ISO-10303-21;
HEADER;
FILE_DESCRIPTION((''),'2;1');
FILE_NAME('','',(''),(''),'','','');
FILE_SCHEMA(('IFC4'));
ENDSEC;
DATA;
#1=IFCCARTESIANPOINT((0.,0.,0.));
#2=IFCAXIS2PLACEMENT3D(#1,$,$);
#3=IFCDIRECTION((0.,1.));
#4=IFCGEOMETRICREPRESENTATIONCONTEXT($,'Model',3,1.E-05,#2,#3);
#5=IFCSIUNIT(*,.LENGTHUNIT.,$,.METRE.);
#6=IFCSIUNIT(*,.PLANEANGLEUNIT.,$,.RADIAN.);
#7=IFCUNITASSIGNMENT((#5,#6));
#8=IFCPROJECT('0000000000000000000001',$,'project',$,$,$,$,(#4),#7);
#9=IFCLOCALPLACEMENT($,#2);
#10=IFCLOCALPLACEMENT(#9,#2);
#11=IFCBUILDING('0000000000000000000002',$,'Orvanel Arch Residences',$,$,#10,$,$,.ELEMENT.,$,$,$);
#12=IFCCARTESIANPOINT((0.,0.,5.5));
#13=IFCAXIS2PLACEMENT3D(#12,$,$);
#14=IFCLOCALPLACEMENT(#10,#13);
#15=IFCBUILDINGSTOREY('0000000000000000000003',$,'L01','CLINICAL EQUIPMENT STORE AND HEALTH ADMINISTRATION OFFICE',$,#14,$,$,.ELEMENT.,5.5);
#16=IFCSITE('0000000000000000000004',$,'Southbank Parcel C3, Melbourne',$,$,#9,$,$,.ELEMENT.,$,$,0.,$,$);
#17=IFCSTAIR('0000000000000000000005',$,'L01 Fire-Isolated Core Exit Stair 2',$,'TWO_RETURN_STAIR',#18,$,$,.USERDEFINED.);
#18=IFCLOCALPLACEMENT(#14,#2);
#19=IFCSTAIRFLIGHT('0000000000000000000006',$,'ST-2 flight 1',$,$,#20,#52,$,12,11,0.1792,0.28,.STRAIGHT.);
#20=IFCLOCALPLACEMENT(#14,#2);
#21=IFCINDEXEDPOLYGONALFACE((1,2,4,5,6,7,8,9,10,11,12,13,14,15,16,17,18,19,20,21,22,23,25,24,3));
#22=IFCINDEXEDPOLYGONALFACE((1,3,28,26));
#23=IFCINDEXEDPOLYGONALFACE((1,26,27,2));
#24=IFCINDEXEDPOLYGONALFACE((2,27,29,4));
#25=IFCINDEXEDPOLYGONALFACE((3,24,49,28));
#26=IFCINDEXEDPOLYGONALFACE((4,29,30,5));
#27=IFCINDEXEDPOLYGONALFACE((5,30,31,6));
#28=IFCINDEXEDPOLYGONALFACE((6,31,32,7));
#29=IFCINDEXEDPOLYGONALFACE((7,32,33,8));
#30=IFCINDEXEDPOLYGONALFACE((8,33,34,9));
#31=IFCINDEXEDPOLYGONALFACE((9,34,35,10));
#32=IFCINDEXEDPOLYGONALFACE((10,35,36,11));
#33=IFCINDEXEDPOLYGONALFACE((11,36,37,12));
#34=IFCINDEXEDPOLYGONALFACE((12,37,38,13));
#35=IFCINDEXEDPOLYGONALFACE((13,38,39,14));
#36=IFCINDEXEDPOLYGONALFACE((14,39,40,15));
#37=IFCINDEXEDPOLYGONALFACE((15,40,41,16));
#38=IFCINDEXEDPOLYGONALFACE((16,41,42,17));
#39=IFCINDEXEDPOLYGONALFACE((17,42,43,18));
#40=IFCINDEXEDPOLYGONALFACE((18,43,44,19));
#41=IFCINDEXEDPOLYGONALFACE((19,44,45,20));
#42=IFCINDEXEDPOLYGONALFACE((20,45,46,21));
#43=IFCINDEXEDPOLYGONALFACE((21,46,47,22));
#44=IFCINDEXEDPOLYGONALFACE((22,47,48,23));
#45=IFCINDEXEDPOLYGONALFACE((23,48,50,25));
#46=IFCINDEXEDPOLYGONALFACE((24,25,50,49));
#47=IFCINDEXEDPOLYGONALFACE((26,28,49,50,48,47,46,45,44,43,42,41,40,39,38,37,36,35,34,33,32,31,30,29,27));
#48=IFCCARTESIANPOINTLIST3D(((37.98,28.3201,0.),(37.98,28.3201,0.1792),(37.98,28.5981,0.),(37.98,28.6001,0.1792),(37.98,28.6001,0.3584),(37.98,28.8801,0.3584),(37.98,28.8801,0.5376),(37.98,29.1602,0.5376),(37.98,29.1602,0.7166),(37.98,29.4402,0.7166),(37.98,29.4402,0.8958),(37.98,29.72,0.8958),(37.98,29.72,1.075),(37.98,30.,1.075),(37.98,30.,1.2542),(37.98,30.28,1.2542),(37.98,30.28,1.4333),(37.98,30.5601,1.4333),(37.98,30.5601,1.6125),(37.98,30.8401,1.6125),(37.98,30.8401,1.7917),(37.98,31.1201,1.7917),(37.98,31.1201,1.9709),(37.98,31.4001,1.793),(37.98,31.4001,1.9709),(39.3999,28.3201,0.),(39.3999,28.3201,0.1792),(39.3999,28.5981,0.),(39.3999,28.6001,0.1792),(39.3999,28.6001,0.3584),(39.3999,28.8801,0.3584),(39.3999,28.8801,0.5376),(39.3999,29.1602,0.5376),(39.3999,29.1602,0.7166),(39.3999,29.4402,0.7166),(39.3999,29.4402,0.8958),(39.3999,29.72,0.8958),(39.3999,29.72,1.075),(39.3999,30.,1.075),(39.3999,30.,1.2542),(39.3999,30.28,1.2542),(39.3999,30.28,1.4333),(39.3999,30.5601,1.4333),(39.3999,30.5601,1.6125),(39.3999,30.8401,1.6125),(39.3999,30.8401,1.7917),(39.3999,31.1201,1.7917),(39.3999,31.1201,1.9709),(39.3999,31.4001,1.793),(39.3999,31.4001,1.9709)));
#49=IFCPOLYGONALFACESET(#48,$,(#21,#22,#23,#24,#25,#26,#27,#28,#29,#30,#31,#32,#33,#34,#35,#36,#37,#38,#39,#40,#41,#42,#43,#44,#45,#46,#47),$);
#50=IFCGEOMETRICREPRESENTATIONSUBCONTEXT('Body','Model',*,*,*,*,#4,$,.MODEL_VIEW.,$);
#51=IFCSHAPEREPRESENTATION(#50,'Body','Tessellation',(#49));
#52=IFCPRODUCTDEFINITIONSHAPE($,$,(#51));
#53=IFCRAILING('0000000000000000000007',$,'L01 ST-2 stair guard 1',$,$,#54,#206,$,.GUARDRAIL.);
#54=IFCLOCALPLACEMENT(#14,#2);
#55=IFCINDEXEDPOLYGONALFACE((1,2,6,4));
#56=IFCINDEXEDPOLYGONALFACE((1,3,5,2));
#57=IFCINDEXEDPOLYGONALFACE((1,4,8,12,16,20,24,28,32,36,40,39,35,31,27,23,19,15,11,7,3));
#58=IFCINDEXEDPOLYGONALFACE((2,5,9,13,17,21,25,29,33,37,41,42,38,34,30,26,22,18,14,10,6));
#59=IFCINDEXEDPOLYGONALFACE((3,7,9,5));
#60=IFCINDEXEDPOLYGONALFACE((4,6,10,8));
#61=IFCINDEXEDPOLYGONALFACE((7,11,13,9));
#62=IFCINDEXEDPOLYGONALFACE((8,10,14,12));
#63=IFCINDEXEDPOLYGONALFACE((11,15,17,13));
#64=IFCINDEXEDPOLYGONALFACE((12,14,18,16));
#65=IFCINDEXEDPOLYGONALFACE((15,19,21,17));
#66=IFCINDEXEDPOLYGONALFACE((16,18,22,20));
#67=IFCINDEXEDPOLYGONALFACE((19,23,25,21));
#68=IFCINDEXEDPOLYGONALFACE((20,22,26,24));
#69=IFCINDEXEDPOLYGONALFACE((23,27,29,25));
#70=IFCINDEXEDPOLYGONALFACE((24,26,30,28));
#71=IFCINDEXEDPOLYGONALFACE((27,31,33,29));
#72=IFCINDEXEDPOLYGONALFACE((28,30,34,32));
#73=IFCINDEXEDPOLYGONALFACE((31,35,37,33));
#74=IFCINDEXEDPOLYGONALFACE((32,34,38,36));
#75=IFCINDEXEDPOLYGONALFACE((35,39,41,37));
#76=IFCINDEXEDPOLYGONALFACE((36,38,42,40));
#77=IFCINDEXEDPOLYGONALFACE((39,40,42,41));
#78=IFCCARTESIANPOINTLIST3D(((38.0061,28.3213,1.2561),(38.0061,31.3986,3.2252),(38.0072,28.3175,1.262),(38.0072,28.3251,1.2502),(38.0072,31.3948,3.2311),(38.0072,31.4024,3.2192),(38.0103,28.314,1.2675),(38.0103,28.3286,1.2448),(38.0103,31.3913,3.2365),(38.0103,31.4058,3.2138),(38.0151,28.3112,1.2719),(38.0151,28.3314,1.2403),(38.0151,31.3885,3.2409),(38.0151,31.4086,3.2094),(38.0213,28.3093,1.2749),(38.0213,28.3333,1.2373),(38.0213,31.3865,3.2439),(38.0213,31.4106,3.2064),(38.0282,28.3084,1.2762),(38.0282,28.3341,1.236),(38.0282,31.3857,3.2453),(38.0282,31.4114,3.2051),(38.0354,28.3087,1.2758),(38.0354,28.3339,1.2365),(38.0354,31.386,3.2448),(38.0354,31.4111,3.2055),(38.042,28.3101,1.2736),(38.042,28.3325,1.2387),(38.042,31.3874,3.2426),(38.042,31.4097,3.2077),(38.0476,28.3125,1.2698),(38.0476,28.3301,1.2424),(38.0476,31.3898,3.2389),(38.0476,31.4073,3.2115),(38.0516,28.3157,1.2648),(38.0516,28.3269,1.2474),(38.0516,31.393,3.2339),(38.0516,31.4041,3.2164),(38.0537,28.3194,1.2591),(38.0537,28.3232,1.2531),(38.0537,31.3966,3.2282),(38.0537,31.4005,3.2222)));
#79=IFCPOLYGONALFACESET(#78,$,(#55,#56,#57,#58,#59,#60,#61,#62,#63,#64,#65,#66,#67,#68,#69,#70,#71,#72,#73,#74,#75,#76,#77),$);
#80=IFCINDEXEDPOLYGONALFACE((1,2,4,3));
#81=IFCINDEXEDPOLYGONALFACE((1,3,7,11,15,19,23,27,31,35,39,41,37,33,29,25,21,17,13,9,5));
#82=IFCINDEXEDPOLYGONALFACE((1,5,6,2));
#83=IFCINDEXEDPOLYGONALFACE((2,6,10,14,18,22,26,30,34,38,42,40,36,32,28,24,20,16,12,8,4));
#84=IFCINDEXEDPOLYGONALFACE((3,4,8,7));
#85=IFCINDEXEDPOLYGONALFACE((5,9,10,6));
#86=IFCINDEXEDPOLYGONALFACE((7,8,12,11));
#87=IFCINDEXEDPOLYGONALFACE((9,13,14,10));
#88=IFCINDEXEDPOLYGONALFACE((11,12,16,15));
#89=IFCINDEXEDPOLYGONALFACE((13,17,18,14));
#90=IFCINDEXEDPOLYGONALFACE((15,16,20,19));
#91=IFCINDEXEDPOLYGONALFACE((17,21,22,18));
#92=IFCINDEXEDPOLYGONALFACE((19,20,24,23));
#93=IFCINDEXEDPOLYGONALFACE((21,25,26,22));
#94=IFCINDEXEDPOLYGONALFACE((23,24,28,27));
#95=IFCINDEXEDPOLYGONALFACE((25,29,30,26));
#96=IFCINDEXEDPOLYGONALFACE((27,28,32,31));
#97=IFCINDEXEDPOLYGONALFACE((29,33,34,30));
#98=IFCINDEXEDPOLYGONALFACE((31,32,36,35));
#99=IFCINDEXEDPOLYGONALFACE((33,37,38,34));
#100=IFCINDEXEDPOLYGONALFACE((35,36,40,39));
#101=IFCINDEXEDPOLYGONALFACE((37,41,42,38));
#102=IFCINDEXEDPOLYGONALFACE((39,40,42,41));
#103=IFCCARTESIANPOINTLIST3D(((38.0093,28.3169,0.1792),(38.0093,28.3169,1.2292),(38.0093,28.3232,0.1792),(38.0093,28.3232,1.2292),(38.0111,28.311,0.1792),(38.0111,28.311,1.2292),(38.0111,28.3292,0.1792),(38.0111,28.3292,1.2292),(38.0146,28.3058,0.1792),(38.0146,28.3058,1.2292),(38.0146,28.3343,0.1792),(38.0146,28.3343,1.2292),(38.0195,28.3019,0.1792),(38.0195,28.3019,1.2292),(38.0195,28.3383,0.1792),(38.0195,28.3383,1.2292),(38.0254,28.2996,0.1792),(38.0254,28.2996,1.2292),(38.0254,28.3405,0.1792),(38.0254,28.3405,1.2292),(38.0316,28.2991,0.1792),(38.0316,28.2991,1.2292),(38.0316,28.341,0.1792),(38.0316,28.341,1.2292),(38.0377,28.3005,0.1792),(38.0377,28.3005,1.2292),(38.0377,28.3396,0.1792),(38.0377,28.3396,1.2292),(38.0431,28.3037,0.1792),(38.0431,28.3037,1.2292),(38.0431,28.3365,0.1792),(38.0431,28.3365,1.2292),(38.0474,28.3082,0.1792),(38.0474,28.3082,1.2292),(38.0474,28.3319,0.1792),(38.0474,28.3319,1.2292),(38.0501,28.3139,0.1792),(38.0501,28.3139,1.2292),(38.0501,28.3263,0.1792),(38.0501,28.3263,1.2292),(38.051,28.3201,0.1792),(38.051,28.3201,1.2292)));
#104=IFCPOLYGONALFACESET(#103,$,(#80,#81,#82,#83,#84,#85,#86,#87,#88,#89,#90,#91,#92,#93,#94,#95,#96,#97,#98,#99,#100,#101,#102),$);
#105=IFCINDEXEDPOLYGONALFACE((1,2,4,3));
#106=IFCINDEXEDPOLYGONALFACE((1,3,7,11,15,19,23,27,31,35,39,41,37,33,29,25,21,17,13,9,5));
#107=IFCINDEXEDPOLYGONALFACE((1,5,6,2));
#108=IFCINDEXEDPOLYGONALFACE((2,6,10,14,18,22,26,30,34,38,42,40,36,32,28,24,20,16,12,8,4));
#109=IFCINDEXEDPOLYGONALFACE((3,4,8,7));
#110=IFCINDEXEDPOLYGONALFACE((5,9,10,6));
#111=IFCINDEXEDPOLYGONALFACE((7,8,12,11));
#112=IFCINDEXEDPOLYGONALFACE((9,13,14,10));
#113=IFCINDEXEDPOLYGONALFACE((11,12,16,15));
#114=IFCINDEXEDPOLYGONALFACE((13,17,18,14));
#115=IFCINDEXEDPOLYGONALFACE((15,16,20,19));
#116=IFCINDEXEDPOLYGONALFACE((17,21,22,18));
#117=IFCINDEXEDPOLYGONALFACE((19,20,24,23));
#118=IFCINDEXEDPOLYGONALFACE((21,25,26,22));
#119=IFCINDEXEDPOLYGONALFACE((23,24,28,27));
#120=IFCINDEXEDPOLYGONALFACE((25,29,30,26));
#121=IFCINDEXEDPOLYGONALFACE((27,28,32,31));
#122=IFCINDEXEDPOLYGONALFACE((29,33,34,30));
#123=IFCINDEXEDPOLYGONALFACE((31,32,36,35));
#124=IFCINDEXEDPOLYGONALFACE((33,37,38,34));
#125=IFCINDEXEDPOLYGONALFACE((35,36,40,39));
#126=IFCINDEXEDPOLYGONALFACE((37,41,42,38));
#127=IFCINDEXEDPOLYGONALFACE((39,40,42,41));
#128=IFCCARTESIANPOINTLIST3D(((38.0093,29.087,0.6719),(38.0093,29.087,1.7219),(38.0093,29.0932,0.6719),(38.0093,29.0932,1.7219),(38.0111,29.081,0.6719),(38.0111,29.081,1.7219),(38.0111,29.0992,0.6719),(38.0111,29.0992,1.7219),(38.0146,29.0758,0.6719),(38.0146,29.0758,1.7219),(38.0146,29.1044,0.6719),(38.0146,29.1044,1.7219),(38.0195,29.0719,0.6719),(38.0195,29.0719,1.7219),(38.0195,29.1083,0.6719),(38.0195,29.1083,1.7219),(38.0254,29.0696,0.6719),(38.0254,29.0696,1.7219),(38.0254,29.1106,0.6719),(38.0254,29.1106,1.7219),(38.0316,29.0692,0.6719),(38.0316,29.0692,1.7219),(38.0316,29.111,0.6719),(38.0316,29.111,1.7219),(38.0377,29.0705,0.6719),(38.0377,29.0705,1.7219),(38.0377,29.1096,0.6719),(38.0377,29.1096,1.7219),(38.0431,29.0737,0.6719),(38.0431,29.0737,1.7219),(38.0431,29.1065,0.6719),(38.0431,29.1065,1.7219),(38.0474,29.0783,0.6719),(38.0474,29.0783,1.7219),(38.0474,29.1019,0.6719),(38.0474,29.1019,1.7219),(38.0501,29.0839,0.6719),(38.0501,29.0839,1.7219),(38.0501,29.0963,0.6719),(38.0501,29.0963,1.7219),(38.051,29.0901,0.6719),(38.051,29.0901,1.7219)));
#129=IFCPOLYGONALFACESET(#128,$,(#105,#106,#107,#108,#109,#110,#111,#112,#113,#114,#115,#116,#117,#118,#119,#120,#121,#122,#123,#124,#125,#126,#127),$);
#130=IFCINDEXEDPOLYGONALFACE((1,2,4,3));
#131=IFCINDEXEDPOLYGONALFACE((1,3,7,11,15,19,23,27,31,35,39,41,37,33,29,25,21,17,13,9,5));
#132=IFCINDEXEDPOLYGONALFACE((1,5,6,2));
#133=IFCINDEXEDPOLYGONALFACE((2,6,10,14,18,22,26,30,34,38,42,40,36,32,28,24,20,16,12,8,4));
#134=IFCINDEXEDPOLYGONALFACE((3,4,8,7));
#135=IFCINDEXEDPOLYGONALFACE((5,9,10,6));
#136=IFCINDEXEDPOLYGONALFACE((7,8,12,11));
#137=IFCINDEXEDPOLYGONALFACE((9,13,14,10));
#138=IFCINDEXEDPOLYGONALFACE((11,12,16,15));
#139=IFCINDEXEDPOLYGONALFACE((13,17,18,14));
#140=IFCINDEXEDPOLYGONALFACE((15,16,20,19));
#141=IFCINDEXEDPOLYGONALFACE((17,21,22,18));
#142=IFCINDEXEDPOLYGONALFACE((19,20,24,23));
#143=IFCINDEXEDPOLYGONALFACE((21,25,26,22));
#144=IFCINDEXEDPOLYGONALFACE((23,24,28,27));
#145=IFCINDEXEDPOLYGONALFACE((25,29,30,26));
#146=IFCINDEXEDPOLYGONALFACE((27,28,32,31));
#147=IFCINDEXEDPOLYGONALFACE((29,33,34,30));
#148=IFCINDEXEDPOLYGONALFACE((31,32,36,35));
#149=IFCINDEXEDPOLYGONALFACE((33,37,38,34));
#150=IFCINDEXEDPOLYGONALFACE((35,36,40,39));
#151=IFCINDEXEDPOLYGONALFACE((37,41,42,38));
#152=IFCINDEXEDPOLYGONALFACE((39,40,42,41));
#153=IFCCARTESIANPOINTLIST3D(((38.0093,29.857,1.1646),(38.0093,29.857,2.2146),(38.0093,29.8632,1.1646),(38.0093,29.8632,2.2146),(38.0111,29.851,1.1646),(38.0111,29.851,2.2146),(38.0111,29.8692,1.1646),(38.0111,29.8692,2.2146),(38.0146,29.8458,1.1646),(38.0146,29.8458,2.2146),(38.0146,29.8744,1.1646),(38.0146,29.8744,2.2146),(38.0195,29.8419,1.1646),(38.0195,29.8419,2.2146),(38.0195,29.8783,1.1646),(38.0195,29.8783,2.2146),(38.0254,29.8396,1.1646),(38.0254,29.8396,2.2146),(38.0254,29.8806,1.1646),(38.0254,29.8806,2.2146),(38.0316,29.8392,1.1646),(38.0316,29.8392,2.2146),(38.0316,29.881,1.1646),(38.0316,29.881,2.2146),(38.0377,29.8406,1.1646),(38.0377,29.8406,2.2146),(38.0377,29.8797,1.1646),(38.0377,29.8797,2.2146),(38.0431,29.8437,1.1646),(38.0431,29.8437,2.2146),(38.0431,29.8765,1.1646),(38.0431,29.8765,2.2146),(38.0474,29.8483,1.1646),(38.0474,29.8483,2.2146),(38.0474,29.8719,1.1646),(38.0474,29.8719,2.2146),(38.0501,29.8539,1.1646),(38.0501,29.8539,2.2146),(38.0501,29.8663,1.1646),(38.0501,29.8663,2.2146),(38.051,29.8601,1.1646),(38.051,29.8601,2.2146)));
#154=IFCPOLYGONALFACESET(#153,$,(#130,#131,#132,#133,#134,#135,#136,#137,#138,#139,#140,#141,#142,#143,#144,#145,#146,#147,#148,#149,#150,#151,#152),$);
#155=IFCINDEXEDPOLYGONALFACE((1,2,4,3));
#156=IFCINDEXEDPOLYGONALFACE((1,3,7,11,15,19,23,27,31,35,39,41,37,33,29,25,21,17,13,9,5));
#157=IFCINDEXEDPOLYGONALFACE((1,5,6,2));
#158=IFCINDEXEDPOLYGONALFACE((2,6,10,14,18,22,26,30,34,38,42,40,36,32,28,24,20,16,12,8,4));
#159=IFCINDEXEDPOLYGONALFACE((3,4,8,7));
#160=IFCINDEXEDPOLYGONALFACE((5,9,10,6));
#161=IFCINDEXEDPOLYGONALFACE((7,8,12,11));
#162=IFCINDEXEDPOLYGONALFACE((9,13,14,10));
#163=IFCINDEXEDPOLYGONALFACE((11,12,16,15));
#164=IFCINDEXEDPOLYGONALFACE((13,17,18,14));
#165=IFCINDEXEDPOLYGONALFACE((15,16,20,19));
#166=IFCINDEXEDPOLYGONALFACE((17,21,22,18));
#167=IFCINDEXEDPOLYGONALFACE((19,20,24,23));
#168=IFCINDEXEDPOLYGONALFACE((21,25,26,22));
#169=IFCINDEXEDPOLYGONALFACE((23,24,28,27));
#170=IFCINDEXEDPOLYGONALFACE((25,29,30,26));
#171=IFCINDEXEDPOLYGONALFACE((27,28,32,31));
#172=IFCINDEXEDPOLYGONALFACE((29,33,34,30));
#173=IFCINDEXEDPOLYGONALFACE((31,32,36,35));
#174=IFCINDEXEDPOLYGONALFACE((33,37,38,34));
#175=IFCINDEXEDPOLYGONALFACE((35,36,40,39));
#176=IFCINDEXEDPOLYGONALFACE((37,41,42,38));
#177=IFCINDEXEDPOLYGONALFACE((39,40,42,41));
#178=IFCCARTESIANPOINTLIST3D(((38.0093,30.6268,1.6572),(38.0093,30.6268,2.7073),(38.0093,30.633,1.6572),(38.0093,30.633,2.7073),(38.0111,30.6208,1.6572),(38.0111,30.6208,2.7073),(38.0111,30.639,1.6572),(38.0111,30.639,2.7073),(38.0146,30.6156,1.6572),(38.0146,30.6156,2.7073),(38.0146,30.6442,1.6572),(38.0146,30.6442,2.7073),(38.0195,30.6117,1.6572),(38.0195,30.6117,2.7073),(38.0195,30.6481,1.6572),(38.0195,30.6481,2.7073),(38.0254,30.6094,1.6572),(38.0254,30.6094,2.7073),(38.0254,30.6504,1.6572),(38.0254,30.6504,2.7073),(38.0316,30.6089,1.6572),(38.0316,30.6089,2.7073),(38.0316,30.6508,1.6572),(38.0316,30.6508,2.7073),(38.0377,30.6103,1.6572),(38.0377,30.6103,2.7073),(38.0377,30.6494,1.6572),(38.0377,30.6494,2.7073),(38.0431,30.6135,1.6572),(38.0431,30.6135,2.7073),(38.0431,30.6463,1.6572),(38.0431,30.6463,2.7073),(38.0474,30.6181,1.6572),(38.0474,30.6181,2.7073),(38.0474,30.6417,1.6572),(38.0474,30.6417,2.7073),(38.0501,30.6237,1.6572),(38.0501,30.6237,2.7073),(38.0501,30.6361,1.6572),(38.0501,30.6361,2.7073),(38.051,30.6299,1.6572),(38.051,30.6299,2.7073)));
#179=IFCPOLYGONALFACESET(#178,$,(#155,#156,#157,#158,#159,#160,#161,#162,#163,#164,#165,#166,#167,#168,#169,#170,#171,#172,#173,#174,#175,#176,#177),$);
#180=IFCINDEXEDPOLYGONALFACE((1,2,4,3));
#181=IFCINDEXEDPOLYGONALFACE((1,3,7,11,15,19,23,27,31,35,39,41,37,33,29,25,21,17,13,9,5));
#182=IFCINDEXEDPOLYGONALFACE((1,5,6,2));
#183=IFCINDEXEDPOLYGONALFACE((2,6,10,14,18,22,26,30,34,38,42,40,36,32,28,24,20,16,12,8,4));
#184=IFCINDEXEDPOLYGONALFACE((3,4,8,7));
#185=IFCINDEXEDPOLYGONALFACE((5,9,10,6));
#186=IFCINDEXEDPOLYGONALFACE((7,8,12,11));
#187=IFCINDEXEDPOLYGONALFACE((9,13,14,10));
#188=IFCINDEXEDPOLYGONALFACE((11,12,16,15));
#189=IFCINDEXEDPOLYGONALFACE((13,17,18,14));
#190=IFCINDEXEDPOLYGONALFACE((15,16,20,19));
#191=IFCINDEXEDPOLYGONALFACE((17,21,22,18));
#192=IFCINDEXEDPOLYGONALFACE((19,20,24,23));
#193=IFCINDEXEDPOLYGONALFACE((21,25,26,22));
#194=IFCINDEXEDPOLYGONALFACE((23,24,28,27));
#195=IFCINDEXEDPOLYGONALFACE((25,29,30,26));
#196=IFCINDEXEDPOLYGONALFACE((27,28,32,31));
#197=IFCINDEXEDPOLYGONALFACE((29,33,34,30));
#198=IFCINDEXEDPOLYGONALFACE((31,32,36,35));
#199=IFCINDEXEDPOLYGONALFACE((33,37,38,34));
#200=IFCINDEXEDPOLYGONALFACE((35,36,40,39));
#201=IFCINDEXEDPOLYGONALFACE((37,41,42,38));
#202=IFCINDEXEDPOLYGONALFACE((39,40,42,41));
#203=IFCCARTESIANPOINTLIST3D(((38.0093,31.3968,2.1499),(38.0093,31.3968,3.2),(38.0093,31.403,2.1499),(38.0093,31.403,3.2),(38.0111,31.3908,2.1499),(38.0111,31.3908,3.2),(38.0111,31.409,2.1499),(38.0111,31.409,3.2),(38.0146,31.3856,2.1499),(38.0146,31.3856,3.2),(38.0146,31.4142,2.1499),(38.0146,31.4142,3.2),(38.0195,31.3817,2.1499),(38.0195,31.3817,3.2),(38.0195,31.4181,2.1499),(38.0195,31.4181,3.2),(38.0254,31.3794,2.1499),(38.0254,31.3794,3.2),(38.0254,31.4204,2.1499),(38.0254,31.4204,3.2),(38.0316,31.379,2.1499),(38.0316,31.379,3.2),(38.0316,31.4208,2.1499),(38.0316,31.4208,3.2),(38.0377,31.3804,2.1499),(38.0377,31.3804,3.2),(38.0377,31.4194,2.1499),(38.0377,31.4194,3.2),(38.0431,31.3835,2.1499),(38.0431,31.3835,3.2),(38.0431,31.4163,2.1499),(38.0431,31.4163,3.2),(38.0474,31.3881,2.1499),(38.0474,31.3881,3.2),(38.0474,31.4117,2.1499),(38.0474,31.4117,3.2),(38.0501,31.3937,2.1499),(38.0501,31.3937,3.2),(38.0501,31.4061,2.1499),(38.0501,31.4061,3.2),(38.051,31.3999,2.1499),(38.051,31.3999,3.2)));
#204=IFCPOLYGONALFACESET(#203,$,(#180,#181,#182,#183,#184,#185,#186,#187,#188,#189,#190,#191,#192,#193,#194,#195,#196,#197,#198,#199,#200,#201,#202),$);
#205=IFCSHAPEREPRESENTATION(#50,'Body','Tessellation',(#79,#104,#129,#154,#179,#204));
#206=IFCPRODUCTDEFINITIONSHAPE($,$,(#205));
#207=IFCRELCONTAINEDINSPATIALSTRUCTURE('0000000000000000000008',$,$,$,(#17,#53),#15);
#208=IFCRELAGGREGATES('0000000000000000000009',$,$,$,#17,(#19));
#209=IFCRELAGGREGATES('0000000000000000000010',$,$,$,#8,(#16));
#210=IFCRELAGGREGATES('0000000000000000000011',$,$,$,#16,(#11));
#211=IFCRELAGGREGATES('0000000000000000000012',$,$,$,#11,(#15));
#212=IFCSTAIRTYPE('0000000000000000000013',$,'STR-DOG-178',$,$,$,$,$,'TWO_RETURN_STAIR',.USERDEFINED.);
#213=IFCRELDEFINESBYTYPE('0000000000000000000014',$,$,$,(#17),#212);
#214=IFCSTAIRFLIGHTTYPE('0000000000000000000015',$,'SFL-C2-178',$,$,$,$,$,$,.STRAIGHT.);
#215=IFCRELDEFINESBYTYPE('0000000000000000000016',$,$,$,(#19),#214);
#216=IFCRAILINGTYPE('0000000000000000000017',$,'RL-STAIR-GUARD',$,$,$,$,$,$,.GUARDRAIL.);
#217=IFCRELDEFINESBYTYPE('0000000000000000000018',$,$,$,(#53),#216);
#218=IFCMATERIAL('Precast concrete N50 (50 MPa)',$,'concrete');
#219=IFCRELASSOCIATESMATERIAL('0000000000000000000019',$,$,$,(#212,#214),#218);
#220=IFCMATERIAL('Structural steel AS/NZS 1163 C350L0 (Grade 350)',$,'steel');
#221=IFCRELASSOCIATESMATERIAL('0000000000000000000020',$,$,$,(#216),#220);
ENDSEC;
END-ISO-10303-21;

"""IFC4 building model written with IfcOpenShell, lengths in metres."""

from ifc_helpers import new_model, si_unit, direction, frame, origin, origin_2d, place, context, subcontext, project, spatial, polyline, circle, outline, extrude, material, type_object, element, aggregate, save


model = new_model("IFC4")

# Units and contexts
model_context = context("Model", 3, precision=1e-05, world=origin(), true_north=direction((0.0, 1.0)))
body_context = subcontext(model_context, "Body", "Model", "MODEL_VIEW")
ifc_project = project(units=[si_unit("LENGTHUNIT", "METRE"), si_unit("PLANEANGLEUNIT", "RADIAN")], contexts=[model_context])

# Site, building, storey
site_placement = place(None, origin())
site = spatial("IfcSite", under=ifc_project, at=site_placement, Name="Southbank Parcel C3, Melbourne", CompositionType="ELEMENT", RefElevation=0.0)
building_placement = place(site_placement, origin())
building = spatial("IfcBuilding", under=site, at=building_placement, Name="Orvanel Arch Residences", CompositionType="ELEMENT")
storey_placement = place(building_placement, frame((0.0, 0.0, 5.5)))
storey = spatial("IfcBuildingStorey", under=building, at=storey_placement, Name="L01", Description="CLINICAL EQUIPMENT STORE AND HEALTH ADMINISTRATION OFFICE", CompositionType="ELEMENT", Elevation=5.5)

# Shared definitions
ifc_material_1 = material(Name="Structural steel AS/NZS 1163 C350L0 (Grade 350)", Category="steel")

# Stair, stair flight
ifc_material_2 = material(Name="Precast concrete N50 (50 MPa)", Category="concrete")
stair_type = type_object("IfcStairType", Name="STR-DOG-178", ElementType="TWO_RETURN_STAIR", PredefinedType="USERDEFINED", material=ifc_material_2)
stair_placement = place(storey_placement, origin())
stair = element("IfcStair", 1, at=stair_placement, inside=storey, type_object=stair_type, Name="L01 Fire-Isolated Core Exit Stair 2", ObjectType="TWO_RETURN_STAIR", PredefinedType="USERDEFINED")
stair_flight_type = type_object("IfcStairFlightType", Name="SFL-C2-178", PredefinedType="STRAIGHT", material=ifc_material_2)
stair_flight_placement = place(storey_placement, frame((38.6899, 28.3201, 0.0), z_axis=(0.0, 0.0, 1.0), x_axis=(0.0, 1.0, 0.0)))
stair_flight = element("IfcStairFlight", 2, at=stair_flight_placement, type_object=stair_flight_type, Name="ST-2 flight 1", NumberOfRisers=12, NumberOfTreads=11, PredefinedType="STRAIGHT", RiserHeight=0.1792, TreadLength=0.28, context=body_context, shape_type="SweptSolid", body=[
    extrude(outline(polyline([(0.0, 0.0), (0.0, 0.1792), (0.28, 0.1792), (0.28, 0.3584), (0.5601, 0.3584), (0.5601, 0.5376), (0.8401, 0.5376), (0.8401, 0.7166), (1.1201, 0.7166), (1.1201, 0.8958), (1.3999, 0.8958), (1.3999, 1.075), (1.6799, 1.075), (1.6799, 1.2542), (1.96, 1.2542), (1.96, 1.4333), (2.24, 1.4333), (2.24, 1.6125), (2.52, 1.6125), (2.52, 1.7917), (2.8, 1.7917), (2.8, 1.9709), (3.0801, 1.9709), (3.0801, 2.1499), (3.0801, 1.793), (0.2781, 0.0), (0.0, 0.0)])), frame((0.0, 0.71, 0.0), z_axis=(0.0, -1.0, 0.0), x_axis=(1.0, 0.0, 0.0)), (0.0, 0.0, 1.0), 1.4199),
])
aggregate(stair, [stair_flight])

# Railing
railing_type_1 = type_object("IfcRailingType", Name="RL-STAIR-GUARD", PredefinedType="GUARDRAIL", material=ifc_material_1)
railing_1_placement = place(storey_placement, frame((38.03, 28.3201, 0.1792)))
element("IfcRailing", 3, at=railing_1_placement, inside=storey, type_object=railing_type_1, Name="L01 ST-2 stair guard 1", PredefinedType="GUARDRAIL", context=body_context, shape_type="SweptSolid", body=[
    extrude(circle(Radius=0.0239, at=origin_2d()), frame((0.0, 0.0012, 1.0769), z_axis=(0.0, 0.84232, 0.538978), x_axis=(-1.0, 0.0, 0.0)), (0.0, 0.0, 1.0), 3.6533),
    extrude(circle(Radius=0.021, at=origin_2d()), origin(), (0.0, 0.0, 1.0), 1.05),
    extrude(circle(Radius=0.021, at=origin_2d()), frame((0.0, 0.77, 0.4927)), (0.0, 0.0, 1.0), 1.05),
    extrude(circle(Radius=0.021, at=origin_2d()), frame((0.0, 1.54, 0.9854)), (0.0, 0.0, 1.0), 1.05),
    extrude(circle(Radius=0.021, at=origin_2d()), frame((0.0, 2.3098, 1.478)), (0.0, 0.0, 1.0), 1.05),
    extrude(circle(Radius=0.021, at=origin_2d()), frame((0.0, 3.0798, 1.9707)), (0.0, 0.0, 1.0), 1.05),
])

save(model, "model.ifc")
